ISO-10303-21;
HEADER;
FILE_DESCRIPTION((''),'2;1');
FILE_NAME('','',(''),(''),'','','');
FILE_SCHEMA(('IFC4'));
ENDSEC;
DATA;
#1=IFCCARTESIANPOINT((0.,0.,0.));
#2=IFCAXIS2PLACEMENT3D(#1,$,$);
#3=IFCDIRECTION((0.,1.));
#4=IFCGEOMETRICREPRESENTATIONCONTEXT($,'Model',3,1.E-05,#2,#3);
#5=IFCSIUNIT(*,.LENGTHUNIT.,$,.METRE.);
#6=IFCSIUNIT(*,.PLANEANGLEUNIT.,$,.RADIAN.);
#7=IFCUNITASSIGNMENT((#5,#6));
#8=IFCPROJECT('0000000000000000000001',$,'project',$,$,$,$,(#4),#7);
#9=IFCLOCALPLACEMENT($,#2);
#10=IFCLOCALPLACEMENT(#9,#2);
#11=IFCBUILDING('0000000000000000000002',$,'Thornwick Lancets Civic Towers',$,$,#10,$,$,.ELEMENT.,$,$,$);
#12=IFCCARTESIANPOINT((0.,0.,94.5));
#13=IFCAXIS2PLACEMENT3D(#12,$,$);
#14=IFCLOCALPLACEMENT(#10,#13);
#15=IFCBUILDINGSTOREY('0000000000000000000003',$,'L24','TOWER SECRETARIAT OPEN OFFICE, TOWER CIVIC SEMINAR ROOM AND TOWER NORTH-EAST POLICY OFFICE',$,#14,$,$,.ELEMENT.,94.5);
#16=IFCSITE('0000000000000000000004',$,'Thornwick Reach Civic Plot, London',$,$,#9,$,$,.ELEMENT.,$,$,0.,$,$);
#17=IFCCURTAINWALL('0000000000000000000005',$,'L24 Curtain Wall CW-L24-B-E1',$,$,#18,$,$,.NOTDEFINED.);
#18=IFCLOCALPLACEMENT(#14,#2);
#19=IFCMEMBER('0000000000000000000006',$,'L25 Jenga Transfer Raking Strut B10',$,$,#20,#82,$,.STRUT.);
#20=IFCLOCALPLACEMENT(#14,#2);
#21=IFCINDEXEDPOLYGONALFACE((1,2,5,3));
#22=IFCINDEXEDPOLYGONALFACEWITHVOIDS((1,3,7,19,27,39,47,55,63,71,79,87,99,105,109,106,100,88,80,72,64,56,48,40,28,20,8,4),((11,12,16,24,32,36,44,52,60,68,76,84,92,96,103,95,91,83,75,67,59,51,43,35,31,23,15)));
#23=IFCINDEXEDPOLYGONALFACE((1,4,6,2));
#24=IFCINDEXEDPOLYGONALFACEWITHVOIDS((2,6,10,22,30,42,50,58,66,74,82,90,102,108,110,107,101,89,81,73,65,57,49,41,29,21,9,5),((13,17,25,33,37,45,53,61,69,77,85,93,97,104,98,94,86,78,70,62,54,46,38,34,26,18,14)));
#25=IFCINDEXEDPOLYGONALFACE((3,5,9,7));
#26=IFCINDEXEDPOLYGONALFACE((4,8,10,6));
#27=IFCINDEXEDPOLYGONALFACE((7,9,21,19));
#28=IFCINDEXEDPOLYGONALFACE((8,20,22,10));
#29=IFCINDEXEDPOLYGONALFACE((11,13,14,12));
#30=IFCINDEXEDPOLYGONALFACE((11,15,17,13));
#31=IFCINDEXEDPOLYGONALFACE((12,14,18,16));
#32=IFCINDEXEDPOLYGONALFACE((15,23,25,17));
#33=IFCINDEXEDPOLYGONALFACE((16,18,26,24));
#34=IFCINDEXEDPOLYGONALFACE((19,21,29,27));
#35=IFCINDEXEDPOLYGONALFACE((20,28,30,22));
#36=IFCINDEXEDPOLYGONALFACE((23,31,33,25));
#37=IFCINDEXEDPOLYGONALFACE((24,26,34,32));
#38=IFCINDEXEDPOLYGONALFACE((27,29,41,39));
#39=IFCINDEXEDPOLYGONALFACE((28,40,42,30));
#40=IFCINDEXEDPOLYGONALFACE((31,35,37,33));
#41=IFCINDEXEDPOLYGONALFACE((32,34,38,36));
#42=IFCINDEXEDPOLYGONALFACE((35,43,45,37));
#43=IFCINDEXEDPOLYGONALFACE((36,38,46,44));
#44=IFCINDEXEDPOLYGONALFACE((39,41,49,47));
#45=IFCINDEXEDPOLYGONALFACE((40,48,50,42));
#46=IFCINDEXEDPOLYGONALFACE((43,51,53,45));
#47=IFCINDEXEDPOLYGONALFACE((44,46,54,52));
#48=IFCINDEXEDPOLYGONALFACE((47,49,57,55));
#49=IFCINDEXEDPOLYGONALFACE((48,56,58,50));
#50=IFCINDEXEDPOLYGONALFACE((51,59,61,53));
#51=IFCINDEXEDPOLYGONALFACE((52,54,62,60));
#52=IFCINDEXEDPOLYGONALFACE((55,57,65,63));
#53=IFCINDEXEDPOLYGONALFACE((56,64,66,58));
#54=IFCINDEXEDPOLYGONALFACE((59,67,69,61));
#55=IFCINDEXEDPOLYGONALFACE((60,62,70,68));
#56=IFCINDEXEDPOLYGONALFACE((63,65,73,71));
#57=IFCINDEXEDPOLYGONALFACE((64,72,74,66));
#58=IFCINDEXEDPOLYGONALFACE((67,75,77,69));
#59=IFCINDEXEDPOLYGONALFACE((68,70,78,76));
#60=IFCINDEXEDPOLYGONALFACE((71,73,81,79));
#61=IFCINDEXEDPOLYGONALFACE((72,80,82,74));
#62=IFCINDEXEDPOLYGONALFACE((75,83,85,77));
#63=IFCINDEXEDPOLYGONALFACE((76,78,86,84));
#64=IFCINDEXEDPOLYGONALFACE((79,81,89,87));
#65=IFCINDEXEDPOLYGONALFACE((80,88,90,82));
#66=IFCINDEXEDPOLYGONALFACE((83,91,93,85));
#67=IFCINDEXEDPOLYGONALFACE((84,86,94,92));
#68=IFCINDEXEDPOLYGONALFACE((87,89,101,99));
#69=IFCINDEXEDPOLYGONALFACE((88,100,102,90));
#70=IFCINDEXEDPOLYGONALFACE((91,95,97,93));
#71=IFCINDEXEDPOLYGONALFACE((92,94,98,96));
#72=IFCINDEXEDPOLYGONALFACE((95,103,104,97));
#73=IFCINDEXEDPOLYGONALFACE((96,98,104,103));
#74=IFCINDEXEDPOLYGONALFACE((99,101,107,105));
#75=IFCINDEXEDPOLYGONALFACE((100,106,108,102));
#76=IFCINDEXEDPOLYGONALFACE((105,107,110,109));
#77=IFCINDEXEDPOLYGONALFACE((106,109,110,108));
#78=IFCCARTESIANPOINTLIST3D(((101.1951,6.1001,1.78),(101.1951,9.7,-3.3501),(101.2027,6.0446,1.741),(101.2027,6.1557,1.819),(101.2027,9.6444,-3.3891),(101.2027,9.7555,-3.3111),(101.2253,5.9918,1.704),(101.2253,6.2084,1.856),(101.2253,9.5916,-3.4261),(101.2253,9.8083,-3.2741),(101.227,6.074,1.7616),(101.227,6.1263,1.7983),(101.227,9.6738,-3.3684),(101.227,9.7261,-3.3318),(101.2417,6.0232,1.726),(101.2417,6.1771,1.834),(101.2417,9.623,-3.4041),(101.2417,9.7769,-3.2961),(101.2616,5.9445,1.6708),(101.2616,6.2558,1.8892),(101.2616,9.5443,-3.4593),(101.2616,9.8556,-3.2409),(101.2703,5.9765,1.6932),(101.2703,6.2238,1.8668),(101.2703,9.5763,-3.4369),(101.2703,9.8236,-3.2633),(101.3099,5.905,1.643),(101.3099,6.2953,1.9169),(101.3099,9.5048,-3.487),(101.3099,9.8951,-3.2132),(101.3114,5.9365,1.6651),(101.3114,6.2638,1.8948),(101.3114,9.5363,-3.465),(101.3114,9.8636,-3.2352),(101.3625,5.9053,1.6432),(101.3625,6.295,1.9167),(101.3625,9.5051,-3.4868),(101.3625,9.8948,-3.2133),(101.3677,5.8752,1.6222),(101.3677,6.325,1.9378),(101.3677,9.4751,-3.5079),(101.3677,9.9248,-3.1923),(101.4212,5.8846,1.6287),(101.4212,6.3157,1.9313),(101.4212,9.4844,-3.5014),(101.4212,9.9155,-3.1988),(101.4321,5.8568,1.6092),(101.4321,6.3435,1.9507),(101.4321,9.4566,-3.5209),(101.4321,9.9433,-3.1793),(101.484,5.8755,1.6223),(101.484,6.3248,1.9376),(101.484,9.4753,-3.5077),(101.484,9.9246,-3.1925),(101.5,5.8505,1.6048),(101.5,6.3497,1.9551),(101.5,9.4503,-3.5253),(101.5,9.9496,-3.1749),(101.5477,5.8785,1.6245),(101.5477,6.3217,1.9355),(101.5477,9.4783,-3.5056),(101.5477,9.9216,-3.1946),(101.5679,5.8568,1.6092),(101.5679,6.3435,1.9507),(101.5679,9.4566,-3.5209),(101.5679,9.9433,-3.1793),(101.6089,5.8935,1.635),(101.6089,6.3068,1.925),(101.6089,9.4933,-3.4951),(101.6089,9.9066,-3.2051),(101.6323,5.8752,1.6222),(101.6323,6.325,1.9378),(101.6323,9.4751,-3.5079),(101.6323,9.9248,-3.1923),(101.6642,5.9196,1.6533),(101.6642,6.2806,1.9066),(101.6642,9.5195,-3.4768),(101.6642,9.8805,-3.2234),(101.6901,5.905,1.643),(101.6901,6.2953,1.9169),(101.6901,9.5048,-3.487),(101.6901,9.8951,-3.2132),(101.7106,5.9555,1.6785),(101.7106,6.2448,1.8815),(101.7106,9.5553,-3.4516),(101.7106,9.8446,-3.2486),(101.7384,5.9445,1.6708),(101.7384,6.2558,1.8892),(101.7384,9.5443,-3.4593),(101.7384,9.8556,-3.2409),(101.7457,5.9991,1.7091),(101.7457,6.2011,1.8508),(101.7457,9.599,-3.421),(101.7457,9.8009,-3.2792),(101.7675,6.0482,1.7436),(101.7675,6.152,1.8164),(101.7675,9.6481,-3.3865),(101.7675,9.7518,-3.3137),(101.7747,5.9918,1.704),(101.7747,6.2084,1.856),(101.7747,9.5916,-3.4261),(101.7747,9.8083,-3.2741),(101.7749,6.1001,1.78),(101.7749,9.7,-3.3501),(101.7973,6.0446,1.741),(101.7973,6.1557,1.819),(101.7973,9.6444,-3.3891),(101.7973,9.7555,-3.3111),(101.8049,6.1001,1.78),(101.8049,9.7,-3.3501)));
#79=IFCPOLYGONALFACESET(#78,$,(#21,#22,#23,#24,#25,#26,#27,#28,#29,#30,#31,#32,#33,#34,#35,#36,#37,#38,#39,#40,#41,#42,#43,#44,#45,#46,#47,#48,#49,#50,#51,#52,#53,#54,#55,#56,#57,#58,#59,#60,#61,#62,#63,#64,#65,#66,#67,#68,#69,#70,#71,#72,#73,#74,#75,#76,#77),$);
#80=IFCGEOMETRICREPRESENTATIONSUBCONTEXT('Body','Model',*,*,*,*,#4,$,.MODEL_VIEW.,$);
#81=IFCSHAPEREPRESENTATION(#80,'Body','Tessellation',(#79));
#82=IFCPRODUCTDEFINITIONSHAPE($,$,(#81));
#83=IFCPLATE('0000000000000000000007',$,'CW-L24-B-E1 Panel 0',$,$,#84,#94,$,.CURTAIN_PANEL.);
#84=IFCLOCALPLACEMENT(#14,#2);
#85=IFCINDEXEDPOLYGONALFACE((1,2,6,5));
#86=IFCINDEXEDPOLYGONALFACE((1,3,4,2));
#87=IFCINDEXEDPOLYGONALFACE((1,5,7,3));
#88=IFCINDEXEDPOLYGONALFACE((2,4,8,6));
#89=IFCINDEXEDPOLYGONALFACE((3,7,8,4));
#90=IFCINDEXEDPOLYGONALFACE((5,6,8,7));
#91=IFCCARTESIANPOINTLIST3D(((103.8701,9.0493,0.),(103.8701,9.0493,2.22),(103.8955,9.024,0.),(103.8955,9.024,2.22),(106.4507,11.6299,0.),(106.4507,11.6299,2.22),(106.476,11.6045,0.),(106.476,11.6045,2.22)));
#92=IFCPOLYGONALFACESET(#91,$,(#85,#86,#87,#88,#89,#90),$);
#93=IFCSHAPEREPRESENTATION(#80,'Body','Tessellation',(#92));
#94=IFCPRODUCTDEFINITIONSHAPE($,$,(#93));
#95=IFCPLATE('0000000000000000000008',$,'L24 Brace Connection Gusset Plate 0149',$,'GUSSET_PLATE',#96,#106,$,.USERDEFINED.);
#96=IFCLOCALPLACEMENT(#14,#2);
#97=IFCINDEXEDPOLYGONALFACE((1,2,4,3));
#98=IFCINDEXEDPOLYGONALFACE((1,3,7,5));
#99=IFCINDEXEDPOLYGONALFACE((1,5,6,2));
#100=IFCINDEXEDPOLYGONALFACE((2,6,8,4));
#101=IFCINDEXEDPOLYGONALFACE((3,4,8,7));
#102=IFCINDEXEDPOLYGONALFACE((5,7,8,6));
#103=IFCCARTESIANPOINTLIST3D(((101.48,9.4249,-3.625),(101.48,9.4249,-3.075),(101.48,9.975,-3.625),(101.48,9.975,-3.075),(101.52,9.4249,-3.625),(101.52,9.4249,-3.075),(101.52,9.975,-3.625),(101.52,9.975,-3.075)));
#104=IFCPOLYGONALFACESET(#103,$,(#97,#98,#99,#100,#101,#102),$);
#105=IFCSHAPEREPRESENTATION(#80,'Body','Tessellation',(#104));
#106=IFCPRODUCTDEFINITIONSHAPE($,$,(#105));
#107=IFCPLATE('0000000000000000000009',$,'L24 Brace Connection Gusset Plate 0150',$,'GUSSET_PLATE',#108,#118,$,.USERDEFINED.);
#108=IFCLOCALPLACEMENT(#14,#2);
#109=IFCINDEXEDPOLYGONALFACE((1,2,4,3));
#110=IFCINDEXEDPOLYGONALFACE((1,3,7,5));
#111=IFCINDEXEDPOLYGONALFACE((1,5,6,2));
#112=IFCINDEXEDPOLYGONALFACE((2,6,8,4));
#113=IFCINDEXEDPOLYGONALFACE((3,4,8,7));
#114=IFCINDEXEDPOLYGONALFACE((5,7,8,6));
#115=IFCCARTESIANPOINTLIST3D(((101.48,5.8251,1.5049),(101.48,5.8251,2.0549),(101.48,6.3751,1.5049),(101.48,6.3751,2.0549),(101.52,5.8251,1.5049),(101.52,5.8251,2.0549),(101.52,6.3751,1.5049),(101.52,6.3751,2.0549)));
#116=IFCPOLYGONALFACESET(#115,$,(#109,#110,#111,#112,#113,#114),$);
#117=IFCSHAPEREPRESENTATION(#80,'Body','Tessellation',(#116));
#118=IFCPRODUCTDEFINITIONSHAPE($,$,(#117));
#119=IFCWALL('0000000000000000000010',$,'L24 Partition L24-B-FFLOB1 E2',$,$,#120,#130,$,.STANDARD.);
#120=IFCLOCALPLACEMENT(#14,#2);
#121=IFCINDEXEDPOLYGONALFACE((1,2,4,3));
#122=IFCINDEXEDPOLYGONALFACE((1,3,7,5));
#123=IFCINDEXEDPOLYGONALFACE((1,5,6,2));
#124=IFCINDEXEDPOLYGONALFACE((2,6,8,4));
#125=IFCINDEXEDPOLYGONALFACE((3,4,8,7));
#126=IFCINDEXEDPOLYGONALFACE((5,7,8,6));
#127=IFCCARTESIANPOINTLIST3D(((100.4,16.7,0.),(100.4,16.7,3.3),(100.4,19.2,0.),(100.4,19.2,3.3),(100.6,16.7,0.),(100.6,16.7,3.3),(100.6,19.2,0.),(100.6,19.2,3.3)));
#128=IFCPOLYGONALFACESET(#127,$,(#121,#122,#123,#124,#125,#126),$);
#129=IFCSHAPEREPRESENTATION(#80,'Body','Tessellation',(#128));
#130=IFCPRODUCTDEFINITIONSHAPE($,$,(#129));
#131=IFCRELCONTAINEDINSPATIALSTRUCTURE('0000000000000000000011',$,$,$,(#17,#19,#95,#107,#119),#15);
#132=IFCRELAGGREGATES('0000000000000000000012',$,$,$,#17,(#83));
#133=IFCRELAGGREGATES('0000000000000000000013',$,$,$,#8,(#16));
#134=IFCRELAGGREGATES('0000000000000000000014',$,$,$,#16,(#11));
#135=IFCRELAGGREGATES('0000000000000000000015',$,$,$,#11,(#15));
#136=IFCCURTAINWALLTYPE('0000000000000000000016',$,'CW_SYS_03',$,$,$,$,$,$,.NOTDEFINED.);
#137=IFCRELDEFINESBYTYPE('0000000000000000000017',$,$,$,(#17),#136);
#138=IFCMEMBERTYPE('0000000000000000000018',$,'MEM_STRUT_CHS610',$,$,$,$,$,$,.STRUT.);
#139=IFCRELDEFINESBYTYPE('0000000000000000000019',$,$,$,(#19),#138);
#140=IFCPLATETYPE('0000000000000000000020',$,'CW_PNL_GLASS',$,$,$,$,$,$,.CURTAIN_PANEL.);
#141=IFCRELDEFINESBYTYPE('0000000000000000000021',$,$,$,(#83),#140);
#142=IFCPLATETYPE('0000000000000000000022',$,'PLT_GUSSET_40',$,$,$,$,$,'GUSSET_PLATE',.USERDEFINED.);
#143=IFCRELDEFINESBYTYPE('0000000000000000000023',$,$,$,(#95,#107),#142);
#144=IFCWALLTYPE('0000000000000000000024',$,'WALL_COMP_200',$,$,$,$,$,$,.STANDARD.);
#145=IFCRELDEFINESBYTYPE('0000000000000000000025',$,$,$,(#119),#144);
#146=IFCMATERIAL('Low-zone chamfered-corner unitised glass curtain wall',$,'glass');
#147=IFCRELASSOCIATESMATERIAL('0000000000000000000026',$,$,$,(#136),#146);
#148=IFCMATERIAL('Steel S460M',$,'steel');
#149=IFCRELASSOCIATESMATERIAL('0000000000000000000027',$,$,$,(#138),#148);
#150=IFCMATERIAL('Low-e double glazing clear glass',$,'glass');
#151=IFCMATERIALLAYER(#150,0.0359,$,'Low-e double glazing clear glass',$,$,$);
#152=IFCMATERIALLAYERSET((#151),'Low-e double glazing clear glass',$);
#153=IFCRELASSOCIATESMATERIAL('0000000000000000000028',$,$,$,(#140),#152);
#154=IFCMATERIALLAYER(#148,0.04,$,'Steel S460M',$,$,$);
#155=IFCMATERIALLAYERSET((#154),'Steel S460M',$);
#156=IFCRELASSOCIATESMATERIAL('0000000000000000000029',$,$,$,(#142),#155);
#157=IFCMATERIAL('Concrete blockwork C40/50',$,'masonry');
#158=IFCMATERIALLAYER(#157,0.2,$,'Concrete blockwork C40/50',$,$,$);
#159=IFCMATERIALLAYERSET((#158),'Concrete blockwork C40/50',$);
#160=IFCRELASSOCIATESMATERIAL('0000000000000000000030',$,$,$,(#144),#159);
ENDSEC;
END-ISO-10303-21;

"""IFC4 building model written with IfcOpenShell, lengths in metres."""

from ifc_helpers import new_model, si_unit, direction, frame, frame_2d, origin, origin_2d, place, context, subcontext, project, spatial, rectangle, hollow_circle, extrude, material, layer, layer_set, material_profile, profile_set, type_object, element, aggregate, save


model = new_model("IFC4")

# Units and contexts
model_context = context("Model", 3, precision=1e-05, world=origin(), true_north=direction((0.0, 1.0)))
body_context = subcontext(model_context, "Body", "Model", "MODEL_VIEW")
ifc_project = project(units=[si_unit("LENGTHUNIT", "METRE"), si_unit("PLANEANGLEUNIT", "RADIAN")], contexts=[model_context])

# Site, building, storey
site_placement = place(None, origin())
site = spatial("IfcSite", under=ifc_project, at=site_placement, Name="Thornwick Reach Civic Plot, London", CompositionType="ELEMENT", RefElevation=0.0)
building_placement = place(site_placement, origin())
building = spatial("IfcBuilding", under=site, at=building_placement, Name="Thornwick Lancets Civic Towers", CompositionType="ELEMENT")
storey_placement = place(building_placement, frame((0.0, 0.0, 94.5)))
storey = spatial("IfcBuildingStorey", under=building, at=storey_placement, Name="L24", Description="TOWER SECRETARIAT OPEN OFFICE, TOWER CIVIC SEMINAR ROOM AND TOWER NORTH-EAST POLICY OFFICE", CompositionType="ELEMENT", Elevation=94.5)

# Curtain wall
ifc_material_1 = material(Name="Low-zone chamfered-corner unitised glass curtain wall", Category="glass")
curtain_wall_type = type_object("IfcCurtainWallType", Name="CW_SYS_03", PredefinedType="NOTDEFINED", material=ifc_material_1)
curtain_wall_placement = place(storey_placement, origin())
curtain_wall = element("IfcCurtainWall", 1, at=curtain_wall_placement, inside=storey, type_object=curtain_wall_type, Name="L24 Curtain Wall CW-L24-B-E1", PredefinedType="NOTDEFINED")

# Member
ifc_material_2 = material(Name="Steel S460M", Category="steel")
ifc_material_profile_1 = material_profile(ifc_material_2, hollow_circle(Radius=0.3049, WallThickness=0.03, at=origin_2d()), Name="CHS 610x30")
ifc_profile_set_1 = profile_set([ifc_material_profile_1], Name="Steel S460M")
member_type_1 = type_object("IfcMemberType", Name="MEM_STRUT_CHS610", PredefinedType="STRUT", material=ifc_profile_set_1)
member_1_placement = place(storey_placement, frame((101.5, 9.7, -3.3501), z_axis=(0.0, -0.574401, 0.818574), x_axis=(1.0, 0.0, 0.0)))
element("IfcMember", 2, at=member_1_placement, inside=storey, type_object=member_type_1, Name="L25 Jenga Transfer Raking Strut B10", PredefinedType="STRUT", context=body_context, shape_type="SweptSolid", body=[
    extrude(hollow_circle(Radius=0.3049, WallThickness=0.03, at=origin_2d()), origin(), (0.0, 0.0, 1.0), 6.2671),
])

# Plate
ifc_material_3 = material(Name="Low-e double glazing clear glass", Category="glass")
ifc_layer_1 = layer(ifc_material_3, 0.0359, Name="Low-e double glazing clear glass")
ifc_layer_set_1 = layer_set([ifc_layer_1], Name="Low-e double glazing clear glass")
plate_type_1 = type_object("IfcPlateType", Name="CW_PNL_GLASS", PredefinedType="CURTAIN_PANEL", material=ifc_layer_set_1)
plate_placement = place(storey_placement, frame((105.1731, 10.3269, 0.0), z_axis=(0.0, 0.0, 1.0), x_axis=(0.707107, 0.707107, 0.0)))
plate = element("IfcPlate", 3, at=plate_placement, type_object=plate_type_1, Name="CW-L24-B-E1 Panel 0", PredefinedType="CURTAIN_PANEL", context=body_context, shape_type="SweptSolid", body=[
    extrude(rectangle(XDim=3.6494, YDim=0.0359, at=origin_2d()), origin(), (0.0, 0.0, 1.0), 2.22),
])
aggregate(curtain_wall, [plate])

# Plates
ifc_layer_2 = layer(ifc_material_2, 0.04, Name="Steel S460M")
ifc_layer_set_2 = layer_set([ifc_layer_2], Name="Steel S460M")
plate_type_2 = type_object("IfcPlateType", Name="PLT_GUSSET_40", ElementType="GUSSET_PLATE", PredefinedType="USERDEFINED", material=ifc_layer_set_2)
for number, where, z_axis, x_axis, name in (
    (4, (101.5, 9.7, -3.625), (0.0, 0.0, 1.0), (0.0, -1.0, 0.0), "L24 Brace Connection Gusset Plate 0149"),
    (5, (101.5, 6.1001, 1.5049), (0.0, 0.0, 1.0), (0.0, -1.0, 0.0), "L24 Brace Connection Gusset Plate 0150"),
):
    element("IfcPlate", number, at=place(storey_placement, frame(where, z_axis=z_axis, x_axis=x_axis)), inside=storey, type_object=plate_type_2, Name=name, ObjectType="GUSSET_PLATE", PredefinedType="USERDEFINED", context=body_context, shape_type="SweptSolid", body=[
        extrude(rectangle(XDim=0.55, YDim=0.04, at=origin_2d()), origin(), (0.0, 0.0, 1.0), 0.55),
    ])

# Wall
ifc_material_4 = material(Name="Concrete blockwork C40/50", Category="masonry")
ifc_layer_3 = layer(ifc_material_4, 0.2, Name="Concrete blockwork C40/50")
ifc_layer_set_3 = layer_set([ifc_layer_3], Name="Concrete blockwork C40/50")
wall_type_1 = type_object("IfcWallType", Name="WALL_COMP_200", PredefinedType="STANDARD", material=ifc_layer_set_3)
wall_1_placement = place(storey_placement, frame((100.5, 16.7, 0.0), z_axis=(0.0, 0.0, 1.0), x_axis=(0.0, 1.0, 0.0)))
element("IfcWall", 6, at=wall_1_placement, inside=storey, type_object=wall_type_1, Name="L24 Partition L24-B-FFLOB1 E2", PredefinedType="STANDARD", context=body_context, shape_type="SweptSolid", body=[
    extrude(rectangle(XDim=2.5, YDim=0.2, at=frame_2d((1.25, 0.0))), origin(), (0.0, 0.0, 1.0), 3.3),
])

save(model, "model.ifc")
